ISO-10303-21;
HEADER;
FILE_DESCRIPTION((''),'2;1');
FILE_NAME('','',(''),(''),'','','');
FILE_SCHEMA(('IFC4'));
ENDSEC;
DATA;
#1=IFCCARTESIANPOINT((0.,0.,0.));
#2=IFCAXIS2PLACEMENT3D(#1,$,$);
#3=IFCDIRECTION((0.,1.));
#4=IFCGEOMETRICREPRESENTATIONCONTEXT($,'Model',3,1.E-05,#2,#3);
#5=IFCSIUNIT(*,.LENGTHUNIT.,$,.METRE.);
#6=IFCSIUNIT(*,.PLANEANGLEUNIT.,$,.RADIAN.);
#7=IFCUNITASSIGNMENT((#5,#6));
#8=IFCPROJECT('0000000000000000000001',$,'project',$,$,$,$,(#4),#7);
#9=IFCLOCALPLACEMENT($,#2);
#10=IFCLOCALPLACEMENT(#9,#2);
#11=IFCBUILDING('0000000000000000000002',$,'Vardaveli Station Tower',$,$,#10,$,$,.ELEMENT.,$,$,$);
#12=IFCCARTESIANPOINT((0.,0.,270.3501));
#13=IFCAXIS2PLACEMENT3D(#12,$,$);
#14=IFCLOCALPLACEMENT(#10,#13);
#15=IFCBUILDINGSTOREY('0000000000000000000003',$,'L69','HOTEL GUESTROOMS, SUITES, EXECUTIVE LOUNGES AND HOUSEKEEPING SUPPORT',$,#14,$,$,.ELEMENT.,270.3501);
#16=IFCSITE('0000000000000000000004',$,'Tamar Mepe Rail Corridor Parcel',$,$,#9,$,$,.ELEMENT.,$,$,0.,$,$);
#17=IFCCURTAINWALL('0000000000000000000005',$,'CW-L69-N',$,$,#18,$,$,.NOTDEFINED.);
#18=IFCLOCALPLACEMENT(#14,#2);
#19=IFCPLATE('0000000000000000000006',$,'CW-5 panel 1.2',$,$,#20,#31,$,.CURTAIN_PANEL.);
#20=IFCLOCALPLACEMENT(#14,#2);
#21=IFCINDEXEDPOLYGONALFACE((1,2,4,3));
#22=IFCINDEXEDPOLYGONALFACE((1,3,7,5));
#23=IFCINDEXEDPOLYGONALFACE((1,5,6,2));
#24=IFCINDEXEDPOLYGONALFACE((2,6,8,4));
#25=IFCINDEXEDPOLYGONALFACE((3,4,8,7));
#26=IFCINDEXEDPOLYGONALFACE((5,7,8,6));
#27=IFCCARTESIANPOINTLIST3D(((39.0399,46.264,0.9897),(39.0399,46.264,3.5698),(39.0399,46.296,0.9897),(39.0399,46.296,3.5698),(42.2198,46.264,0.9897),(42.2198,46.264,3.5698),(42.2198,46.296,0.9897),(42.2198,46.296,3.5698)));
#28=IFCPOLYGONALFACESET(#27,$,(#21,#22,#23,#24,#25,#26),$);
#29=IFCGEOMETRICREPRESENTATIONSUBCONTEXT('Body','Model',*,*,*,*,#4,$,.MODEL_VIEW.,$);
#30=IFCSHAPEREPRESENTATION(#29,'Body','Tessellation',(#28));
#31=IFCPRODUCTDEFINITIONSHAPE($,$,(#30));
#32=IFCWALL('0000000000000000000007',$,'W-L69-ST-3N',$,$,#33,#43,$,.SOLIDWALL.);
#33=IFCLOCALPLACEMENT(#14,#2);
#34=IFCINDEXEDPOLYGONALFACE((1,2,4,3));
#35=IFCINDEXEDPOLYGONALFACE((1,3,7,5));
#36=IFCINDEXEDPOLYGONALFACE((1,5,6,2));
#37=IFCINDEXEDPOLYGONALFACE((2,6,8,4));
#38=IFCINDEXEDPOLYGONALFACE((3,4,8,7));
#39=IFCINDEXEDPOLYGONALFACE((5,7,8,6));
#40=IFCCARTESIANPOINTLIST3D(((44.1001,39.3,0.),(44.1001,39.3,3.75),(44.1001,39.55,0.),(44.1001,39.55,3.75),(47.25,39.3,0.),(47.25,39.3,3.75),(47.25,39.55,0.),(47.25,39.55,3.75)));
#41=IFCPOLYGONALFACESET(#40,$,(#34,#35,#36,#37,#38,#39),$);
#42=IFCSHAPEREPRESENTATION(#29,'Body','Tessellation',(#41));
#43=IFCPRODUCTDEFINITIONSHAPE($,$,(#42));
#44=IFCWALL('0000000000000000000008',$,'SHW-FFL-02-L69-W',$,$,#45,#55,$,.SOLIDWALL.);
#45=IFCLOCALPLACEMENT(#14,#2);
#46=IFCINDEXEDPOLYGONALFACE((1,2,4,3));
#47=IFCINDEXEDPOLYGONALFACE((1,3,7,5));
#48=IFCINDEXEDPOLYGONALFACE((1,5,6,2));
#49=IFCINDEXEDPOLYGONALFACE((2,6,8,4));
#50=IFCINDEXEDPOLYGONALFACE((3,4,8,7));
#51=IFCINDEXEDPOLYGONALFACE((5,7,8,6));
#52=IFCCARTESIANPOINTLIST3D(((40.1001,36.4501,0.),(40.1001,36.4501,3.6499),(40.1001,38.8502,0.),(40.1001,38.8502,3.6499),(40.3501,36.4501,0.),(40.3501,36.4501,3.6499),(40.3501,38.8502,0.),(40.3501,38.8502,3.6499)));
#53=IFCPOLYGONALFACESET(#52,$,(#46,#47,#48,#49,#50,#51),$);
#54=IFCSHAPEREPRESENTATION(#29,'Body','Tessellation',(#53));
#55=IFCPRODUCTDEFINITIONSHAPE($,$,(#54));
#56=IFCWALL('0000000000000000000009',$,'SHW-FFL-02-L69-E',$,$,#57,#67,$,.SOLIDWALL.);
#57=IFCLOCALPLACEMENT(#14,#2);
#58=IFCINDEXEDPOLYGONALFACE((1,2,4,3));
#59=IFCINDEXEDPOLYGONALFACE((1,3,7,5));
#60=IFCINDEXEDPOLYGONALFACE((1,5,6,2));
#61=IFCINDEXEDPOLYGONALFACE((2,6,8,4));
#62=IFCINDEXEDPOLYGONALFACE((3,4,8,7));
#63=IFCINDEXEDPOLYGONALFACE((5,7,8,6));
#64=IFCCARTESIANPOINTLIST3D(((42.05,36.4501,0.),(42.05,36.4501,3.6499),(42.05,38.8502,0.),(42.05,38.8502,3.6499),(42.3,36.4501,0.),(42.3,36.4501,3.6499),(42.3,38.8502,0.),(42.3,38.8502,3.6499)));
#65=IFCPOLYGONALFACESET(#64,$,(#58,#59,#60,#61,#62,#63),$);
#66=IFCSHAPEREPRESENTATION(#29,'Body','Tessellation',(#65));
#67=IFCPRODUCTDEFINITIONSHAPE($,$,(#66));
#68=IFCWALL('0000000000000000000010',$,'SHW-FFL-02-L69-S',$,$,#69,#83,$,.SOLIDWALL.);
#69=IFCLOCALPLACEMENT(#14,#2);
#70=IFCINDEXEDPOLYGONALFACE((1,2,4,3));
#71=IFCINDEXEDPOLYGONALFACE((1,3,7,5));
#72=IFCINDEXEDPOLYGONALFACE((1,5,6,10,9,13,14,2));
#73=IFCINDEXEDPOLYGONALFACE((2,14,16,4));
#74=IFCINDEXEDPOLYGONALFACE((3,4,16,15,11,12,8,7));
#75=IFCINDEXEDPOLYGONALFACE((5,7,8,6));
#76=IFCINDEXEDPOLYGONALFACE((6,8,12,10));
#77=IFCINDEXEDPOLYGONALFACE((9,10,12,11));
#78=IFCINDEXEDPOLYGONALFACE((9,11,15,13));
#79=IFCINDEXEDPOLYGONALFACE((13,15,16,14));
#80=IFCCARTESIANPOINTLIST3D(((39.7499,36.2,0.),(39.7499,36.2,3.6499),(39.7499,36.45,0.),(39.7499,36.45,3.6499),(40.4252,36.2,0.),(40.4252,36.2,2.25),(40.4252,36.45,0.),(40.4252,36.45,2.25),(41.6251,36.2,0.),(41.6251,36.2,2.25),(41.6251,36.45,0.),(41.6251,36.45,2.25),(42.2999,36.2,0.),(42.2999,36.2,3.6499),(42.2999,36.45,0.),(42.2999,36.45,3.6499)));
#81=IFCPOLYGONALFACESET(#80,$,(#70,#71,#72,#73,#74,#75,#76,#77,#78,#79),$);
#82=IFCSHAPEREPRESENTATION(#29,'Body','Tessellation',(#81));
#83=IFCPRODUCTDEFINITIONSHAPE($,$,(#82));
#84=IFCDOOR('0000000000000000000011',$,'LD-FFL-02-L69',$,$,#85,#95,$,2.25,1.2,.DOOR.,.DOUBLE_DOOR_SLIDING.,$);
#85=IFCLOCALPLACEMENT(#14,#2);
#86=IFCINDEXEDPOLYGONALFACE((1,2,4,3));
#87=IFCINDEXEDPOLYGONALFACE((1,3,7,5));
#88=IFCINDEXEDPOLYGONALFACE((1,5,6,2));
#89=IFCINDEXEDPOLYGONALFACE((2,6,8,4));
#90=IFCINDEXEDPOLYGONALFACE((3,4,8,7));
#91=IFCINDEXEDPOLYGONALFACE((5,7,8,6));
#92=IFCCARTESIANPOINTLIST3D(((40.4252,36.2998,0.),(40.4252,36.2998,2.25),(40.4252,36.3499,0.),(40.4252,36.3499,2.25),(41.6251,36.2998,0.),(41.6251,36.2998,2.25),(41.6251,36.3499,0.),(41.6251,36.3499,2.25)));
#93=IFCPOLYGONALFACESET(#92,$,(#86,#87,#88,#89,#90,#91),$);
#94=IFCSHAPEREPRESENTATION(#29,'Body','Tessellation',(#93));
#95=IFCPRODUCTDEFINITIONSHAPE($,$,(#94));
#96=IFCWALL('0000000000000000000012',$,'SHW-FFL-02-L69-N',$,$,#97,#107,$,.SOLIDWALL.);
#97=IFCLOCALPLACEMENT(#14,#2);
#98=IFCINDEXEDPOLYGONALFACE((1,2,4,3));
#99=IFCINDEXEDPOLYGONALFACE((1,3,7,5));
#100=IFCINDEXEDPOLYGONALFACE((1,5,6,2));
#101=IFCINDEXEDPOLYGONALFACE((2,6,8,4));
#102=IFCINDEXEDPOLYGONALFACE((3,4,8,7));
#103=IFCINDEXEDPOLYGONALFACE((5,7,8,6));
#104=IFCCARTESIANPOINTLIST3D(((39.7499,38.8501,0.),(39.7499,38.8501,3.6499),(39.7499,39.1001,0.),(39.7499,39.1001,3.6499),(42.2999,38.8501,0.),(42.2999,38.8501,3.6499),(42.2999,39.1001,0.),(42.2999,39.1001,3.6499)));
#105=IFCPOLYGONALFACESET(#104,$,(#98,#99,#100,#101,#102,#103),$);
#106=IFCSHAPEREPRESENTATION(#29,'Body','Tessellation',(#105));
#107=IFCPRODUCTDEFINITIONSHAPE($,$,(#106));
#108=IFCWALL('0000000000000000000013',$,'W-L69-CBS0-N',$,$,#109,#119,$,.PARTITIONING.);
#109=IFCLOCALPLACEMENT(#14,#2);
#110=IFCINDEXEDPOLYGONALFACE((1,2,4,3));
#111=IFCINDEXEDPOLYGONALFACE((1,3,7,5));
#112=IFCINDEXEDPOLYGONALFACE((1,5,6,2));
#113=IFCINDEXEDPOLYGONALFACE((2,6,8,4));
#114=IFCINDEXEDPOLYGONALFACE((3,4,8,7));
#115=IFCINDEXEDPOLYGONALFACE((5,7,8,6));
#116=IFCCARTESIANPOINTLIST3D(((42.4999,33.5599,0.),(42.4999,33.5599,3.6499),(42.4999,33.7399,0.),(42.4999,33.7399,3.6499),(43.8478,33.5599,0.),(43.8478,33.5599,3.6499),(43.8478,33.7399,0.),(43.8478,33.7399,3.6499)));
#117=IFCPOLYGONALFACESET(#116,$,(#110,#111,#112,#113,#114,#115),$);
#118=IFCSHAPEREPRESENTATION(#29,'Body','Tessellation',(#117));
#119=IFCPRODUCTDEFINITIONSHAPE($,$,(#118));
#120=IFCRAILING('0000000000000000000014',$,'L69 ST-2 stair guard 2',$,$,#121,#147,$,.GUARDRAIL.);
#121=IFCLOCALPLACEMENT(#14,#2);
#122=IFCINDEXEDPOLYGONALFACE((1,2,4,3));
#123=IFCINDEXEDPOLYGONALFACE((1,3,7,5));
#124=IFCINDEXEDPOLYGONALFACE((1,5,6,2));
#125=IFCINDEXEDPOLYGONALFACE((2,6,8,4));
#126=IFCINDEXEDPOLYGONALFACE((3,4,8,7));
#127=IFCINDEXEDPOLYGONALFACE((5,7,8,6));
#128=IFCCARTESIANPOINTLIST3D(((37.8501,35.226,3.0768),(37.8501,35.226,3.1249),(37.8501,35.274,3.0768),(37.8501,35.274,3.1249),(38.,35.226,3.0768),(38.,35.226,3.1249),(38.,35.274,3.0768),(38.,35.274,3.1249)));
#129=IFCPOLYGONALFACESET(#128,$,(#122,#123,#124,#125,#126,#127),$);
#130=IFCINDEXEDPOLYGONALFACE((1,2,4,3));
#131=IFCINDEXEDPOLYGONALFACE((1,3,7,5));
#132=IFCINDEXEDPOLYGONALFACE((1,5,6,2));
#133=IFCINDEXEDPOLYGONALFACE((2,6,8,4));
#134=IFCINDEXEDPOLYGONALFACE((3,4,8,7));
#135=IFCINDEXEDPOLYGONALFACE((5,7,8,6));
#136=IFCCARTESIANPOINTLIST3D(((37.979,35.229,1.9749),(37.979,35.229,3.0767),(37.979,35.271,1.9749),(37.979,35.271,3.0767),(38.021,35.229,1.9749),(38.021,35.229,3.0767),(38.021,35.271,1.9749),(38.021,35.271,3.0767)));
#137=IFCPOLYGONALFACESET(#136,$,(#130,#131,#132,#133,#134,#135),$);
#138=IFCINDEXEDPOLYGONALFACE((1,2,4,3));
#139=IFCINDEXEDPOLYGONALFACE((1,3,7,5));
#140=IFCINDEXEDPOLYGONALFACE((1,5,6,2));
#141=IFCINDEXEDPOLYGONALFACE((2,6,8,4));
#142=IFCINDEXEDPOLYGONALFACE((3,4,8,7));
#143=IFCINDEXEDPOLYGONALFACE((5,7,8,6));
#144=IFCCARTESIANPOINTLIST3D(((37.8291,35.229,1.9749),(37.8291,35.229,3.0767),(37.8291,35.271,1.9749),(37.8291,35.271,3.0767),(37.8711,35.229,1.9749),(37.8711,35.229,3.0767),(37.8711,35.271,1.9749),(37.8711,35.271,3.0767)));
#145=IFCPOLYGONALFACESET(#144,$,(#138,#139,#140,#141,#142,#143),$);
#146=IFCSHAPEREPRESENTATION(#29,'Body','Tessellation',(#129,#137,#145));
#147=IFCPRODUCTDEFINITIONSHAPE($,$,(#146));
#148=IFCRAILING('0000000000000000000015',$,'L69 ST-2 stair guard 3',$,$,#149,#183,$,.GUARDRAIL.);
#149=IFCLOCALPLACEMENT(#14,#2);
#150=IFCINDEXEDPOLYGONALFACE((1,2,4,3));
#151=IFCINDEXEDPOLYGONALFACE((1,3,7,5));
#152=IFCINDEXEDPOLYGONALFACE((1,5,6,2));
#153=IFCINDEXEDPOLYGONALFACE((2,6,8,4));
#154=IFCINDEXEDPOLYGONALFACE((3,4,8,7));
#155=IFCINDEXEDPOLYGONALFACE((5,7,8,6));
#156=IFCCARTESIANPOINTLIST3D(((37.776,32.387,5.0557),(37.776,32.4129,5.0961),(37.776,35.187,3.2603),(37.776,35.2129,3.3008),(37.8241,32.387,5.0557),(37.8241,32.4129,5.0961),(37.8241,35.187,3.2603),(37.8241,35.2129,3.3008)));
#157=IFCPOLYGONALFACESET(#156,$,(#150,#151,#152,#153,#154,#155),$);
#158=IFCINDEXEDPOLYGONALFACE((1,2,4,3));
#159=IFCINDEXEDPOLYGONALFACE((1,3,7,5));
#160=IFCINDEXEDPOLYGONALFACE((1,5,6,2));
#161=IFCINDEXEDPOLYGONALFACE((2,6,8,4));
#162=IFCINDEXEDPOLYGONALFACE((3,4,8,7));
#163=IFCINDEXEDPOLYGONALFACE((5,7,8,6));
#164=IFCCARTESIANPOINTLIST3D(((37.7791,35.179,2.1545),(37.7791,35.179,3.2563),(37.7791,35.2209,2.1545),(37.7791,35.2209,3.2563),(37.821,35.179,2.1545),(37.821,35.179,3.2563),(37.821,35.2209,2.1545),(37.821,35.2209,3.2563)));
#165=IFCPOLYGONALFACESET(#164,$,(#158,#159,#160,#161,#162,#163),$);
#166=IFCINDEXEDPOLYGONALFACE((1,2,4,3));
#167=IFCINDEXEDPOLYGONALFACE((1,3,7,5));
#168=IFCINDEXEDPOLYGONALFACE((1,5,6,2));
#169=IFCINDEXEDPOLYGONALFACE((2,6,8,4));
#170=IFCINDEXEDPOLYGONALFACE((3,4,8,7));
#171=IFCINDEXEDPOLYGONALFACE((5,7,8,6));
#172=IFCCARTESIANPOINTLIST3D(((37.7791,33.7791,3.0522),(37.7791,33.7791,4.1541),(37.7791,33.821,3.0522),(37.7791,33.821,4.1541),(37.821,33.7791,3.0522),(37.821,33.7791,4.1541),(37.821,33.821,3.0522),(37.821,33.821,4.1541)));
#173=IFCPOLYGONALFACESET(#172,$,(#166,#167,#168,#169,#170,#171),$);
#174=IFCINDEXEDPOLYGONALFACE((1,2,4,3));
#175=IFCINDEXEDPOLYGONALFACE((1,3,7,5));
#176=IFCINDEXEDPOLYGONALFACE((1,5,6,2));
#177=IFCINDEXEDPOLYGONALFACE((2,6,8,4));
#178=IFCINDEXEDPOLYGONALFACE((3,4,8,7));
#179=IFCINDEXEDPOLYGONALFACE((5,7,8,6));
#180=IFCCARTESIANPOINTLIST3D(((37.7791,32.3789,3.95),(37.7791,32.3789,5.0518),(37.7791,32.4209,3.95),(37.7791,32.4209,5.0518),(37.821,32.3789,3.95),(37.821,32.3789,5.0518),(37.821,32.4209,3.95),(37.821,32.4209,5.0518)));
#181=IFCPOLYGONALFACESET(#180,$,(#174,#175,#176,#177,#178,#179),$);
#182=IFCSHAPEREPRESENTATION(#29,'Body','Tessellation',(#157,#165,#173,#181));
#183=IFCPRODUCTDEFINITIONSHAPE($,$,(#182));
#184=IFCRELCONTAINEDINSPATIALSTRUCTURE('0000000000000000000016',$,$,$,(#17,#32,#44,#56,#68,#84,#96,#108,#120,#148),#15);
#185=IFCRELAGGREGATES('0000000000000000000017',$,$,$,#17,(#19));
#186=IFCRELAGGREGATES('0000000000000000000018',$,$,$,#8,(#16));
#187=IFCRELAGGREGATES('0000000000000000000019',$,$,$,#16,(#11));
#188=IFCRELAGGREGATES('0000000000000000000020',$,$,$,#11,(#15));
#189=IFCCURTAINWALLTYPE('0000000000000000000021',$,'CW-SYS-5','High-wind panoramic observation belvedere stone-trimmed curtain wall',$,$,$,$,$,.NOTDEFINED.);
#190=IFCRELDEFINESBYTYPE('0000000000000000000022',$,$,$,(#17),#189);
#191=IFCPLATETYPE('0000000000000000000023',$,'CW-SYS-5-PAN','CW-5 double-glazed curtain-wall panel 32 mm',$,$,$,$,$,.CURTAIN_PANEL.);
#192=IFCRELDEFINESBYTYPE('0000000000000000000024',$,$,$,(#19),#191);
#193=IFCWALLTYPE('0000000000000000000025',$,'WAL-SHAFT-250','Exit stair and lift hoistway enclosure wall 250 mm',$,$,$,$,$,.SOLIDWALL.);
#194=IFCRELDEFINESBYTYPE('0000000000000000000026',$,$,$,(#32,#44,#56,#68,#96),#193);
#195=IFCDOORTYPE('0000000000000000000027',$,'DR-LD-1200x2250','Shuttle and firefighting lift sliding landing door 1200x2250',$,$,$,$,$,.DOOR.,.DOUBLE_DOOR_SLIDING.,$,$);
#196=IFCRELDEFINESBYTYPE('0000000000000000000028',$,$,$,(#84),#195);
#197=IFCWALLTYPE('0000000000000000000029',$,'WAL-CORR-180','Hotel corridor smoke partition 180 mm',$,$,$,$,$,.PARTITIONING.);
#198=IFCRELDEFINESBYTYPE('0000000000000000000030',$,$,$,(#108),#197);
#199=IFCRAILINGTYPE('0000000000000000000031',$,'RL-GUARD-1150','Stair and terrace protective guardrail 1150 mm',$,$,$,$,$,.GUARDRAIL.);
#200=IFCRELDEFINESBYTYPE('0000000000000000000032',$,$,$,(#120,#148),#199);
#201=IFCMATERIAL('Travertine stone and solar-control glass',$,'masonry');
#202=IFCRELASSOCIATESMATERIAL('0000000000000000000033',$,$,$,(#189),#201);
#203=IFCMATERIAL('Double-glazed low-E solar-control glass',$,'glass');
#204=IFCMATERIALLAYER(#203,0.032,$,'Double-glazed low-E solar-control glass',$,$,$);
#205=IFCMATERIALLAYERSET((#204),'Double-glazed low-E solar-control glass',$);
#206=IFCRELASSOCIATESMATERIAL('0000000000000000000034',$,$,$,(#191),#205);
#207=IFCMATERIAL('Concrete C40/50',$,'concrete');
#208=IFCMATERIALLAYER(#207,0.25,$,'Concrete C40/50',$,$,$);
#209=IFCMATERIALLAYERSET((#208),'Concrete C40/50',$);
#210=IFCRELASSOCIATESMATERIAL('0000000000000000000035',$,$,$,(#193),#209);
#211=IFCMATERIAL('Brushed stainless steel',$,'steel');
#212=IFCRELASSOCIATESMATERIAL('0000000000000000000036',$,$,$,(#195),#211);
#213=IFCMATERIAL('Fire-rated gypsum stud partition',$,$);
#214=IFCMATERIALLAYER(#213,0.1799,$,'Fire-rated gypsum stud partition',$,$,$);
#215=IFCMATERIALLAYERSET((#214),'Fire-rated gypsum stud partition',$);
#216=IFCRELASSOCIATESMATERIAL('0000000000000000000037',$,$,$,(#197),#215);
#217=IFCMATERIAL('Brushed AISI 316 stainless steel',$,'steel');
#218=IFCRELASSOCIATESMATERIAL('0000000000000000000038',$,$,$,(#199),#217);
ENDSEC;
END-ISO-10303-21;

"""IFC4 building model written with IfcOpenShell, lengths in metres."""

from ifc_helpers import new_model, si_unit, direction, frame, frame_2d, origin, origin_2d, place, context, subcontext, project, spatial, rectangle, extrude, source, transform, mapped, material, layer, layer_set, type_object, element, fill, aggregate, save


model = new_model("IFC4")

# Units and contexts
model_context = context("Model", 3, precision=1e-05, world=origin(), true_north=direction((0.0, 1.0)))
body_context = subcontext(model_context, "Body", "Model", "MODEL_VIEW")
ifc_project = project(units=[si_unit("LENGTHUNIT", "METRE"), si_unit("PLANEANGLEUNIT", "RADIAN")], contexts=[model_context])

# Site, building, storey
site_placement = place(None, origin())
site = spatial("IfcSite", under=ifc_project, at=site_placement, Name="Tamar Mepe Rail Corridor Parcel", CompositionType="ELEMENT", RefElevation=0.0)
building_placement = place(site_placement, origin())
building = spatial("IfcBuilding", under=site, at=building_placement, Name="Vardaveli Station Tower", CompositionType="ELEMENT")
storey_placement = place(building_placement, frame((0.0, 0.0, 270.3501)))
storey = spatial("IfcBuildingStorey", under=building, at=storey_placement, Name="L69", Description="HOTEL GUESTROOMS, SUITES, EXECUTIVE LOUNGES AND HOUSEKEEPING SUPPORT", CompositionType="ELEMENT", Elevation=270.3501)

# Curtain wall, plate
ifc_material_1 = material(Name="Travertine stone and solar-control glass", Category="masonry")
curtain_wall_type = type_object("IfcCurtainWallType", Name="CW-SYS-5", Description="High-wind panoramic observation belvedere stone-trimmed curtain wall", PredefinedType="NOTDEFINED", material=ifc_material_1)
curtain_wall_placement = place(storey_placement, origin())
curtain_wall = element("IfcCurtainWall", 1, at=curtain_wall_placement, inside=storey, type_object=curtain_wall_type, Name="CW-L69-N", PredefinedType="NOTDEFINED")
ifc_material_2 = material(Name="Double-glazed low-E solar-control glass", Category="glass")
ifc_layer_1 = layer(ifc_material_2, 0.032, Name="Double-glazed low-E solar-control glass")
ifc_layer_set_1 = layer_set([ifc_layer_1], Name="Double-glazed low-E solar-control glass")
plate_type = type_object("IfcPlateType", Name="CW-SYS-5-PAN", Description="CW-5 double-glazed curtain-wall panel 32 mm", PredefinedType="CURTAIN_PANEL", material=ifc_layer_set_1)
shared_shape_1 = source(origin(), body_context, "Body", "SweptSolid", [
    extrude(rectangle(XDim=3.1799, YDim=0.032, at=origin_2d()), origin(), (0.0, 0.0, 1.0), 2.5801),
])
plate_1_placement = place(storey_placement, frame((40.6299, 46.28, 0.9897), z_axis=(0.0, 0.0, 1.0), x_axis=(-1.0, 0.0, 0.0)))
plate_1 = element("IfcPlate", 2, at=plate_1_placement, type_object=plate_type, Name="CW-5 panel 1.2", PredefinedType="CURTAIN_PANEL", context=body_context, shape_type="MappedRepresentation", body=[
    mapped(shared_shape_1, transform((0.0, 0.0, 0.0), scale=1.0)),
])
aggregate(curtain_wall, [plate_1])

# Walls
ifc_material_3 = material(Name="Concrete C40/50", Category="concrete")
ifc_layer_2 = layer(ifc_material_3, 0.25, Name="Concrete C40/50")
ifc_layer_set_2 = layer_set([ifc_layer_2], Name="Concrete C40/50")
wall_type_1 = type_object("IfcWallType", Name="WAL-SHAFT-250", Description="Exit stair and lift hoistway enclosure wall 250 mm", PredefinedType="SOLIDWALL", material=ifc_layer_set_2)
shared_shape_2 = source(origin(), body_context, "Body", "SweptSolid", [
    extrude(rectangle(XDim=3.1499, YDim=0.25, at=frame_2d((1.575, 0.0))), origin(), (0.0, 0.0, 1.0), 3.75),
])
wall_1_placement = place(storey_placement, frame((44.1001, 39.425, 0.0), z_axis=(0.0, 0.0, 1.0), x_axis=(1.0, 0.0, 0.0)))
element("IfcWall", 3, at=wall_1_placement, inside=storey, type_object=wall_type_1, Name="W-L69-ST-3N", PredefinedType="SOLIDWALL", context=body_context, shape_type="MappedRepresentation", body=[
    mapped(shared_shape_2, transform((0.0, 0.0, 0.0), scale=1.0)),
])
shared_shape_3 = source(origin(), body_context, "Body", "SweptSolid", [
    extrude(rectangle(XDim=2.4001, YDim=0.25, at=frame_2d((1.2002, 0.0))), origin(), (0.0, 0.0, 1.0), 3.6499),
])
for number, where, z_axis, x_axis, name in (
    (4, (40.2251, 36.45, 0.0), (0.0, 0.0, 1.0), (0.0, 1.0, 0.0), "SHW-FFL-02-L69-W"),
    (5, (42.175, 36.45, 0.0), (0.0, 0.0, 1.0), (0.0, 1.0, 0.0), "SHW-FFL-02-L69-E"),
):
    element("IfcWall", number, at=place(storey_placement, frame(where, z_axis=z_axis, x_axis=x_axis)), inside=storey, type_object=wall_type_1, Name=name, PredefinedType="SOLIDWALL", context=body_context, shape_type="MappedRepresentation", body=[
        mapped(shared_shape_3, transform((0.0, 0.0, 0.0), scale=1.0)),
    ])

# Wall, opening, door
shared_shape_4 = source(origin(), body_context, "Body", "SweptSolid", [
    extrude(rectangle(XDim=2.55, YDim=0.25, at=frame_2d((1.2749, 0.0))), origin(), (0.0, 0.0, 1.0), 3.6499),
])
wall_2_placement = place(storey_placement, frame((39.75, 36.325, 0.0), z_axis=(0.0, 0.0, 1.0), x_axis=(1.0, 0.0, 0.0)))
wall_2 = element("IfcWall", 6, at=wall_2_placement, inside=storey, type_object=wall_type_1, Name="SHW-FFL-02-L69-S", PredefinedType="SOLIDWALL", context=body_context, shape_type="MappedRepresentation", body=[
    mapped(shared_shape_4, transform((0.0, 0.0, 0.0), scale=1.0)),
])
shared_shape_5 = source(origin(), body_context, "Body", "SweptSolid", [
    extrude(rectangle(XDim=1.2, YDim=2.25, at=frame_2d((0.6001, 1.125))), frame((0.0, 0.135, 0.0), z_axis=(0.0, -1.0, 0.0), x_axis=(1.0, 0.0, 0.0)), (0.0, 0.0, 1.0), 0.27),
])
opening_placement = place(wall_2_placement, frame((0.675, 0.0, 0.0)))
opening = element("IfcOpeningElement", 7, at=opening_placement, cuts=wall_2, PredefinedType="OPENING", context=body_context, shape_type="MappedRepresentation", body=[
    mapped(shared_shape_5, transform((0.0, 0.0, 0.0), scale=1.0)),
])
ifc_material_4 = material(Name="Brushed stainless steel", Category="steel")
door_type = type_object("IfcDoorType", Name="DR-LD-1200x2250", Description="Shuttle and firefighting lift sliding landing door 1200x2250", OperationType="DOUBLE_DOOR_SLIDING", PredefinedType="DOOR", material=ifc_material_4)
shared_shape_6 = source(origin(), body_context, "Body", "SweptSolid", [
    extrude(rectangle(XDim=1.2, YDim=2.25, at=frame_2d((0.6001, 1.125))), frame((0.0, 0.0249, 0.0), z_axis=(0.0, -1.0, 0.0), x_axis=(1.0, 0.0, 0.0)), (0.0, 0.0, 1.0), 0.05),
])
door_placement = place(opening_placement, origin())
door = element("IfcDoor", 8, at=door_placement, inside=storey, type_object=door_type, Name="LD-FFL-02-L69", OperationType="DOUBLE_DOOR_SLIDING", OverallHeight=2.25, OverallWidth=1.2, PredefinedType="DOOR", context=body_context, shape_type="MappedRepresentation", body=[
    mapped(shared_shape_6, transform((0.0, 0.0, 0.0), scale=1.0)),
])
fill(opening, door)

# Walls
wall_3_placement = place(storey_placement, frame((39.75, 38.9751, 0.0), z_axis=(0.0, 0.0, 1.0), x_axis=(1.0, 0.0, 0.0)))
element("IfcWall", 9, at=wall_3_placement, inside=storey, type_object=wall_type_1, Name="SHW-FFL-02-L69-N", PredefinedType="SOLIDWALL", context=body_context, shape_type="MappedRepresentation", body=[
    mapped(shared_shape_4, transform((0.0, 0.0, 0.0), scale=1.0)),
])
ifc_material_5 = material(Name="Fire-rated gypsum stud partition")
ifc_layer_3 = layer(ifc_material_5, 0.1799, Name="Fire-rated gypsum stud partition")
ifc_layer_set_3 = layer_set([ifc_layer_3], Name="Fire-rated gypsum stud partition")
wall_type_2 = type_object("IfcWallType", Name="WAL-CORR-180", Description="Hotel corridor smoke partition 180 mm", PredefinedType="PARTITIONING", material=ifc_layer_set_3)
shared_shape_7 = source(origin(), body_context, "Body", "SweptSolid", [
    extrude(rectangle(XDim=1.3479, YDim=0.1799, at=frame_2d((0.6738, 0.0))), origin(), (0.0, 0.0, 1.0), 3.6499),
])
wall_4_placement = place(storey_placement, frame((42.5, 33.6499, 0.0), z_axis=(0.0, 0.0, 1.0), x_axis=(1.0, 0.0, 0.0)))
element("IfcWall", 10, at=wall_4_placement, inside=storey, type_object=wall_type_2, Name="W-L69-CBS0-N", PredefinedType="PARTITIONING", context=body_context, shape_type="MappedRepresentation", body=[
    mapped(shared_shape_7, transform((0.0, 0.0, 0.0), scale=1.0)),
])

# Railings
ifc_material_6 = material(Name="Brushed AISI 316 stainless steel", Category="steel")
railing_type = type_object("IfcRailingType", Name="RL-GUARD-1150", Description="Stair and terrace protective guardrail 1150 mm", PredefinedType="GUARDRAIL", material=ifc_material_6)
shared_shape_8 = source(origin(), body_context, "Body", "SweptSolid", [
    extrude(rectangle(XDim=0.0481, YDim=0.0481, at=origin_2d()), frame((0.0, 0.0, 1.126), z_axis=(-1.0, 0.0, 0.0), x_axis=(0.0, -1.0, 0.0)), (0.0, 0.0, 1.0), 0.1499),
    extrude(rectangle(XDim=0.042, YDim=0.042, at=origin_2d()), origin(), (0.0, 0.0, 1.0), 1.1018),
    extrude(rectangle(XDim=0.042, YDim=0.042, at=origin_2d()), frame((-0.1499, 0.0, 0.0)), (0.0, 0.0, 1.0), 1.1018),
])
railing_1_placement = place(storey_placement, frame((38.0, 35.25, 1.9749)))
element("IfcRailing", 11, at=railing_1_placement, inside=storey, type_object=railing_type, Name="L69 ST-2 stair guard 2", PredefinedType="GUARDRAIL", context=body_context, shape_type="MappedRepresentation", body=[
    mapped(shared_shape_8, transform((0.0, 0.0, 0.0), scale=1.0)),
])
shared_shape_9 = source(origin(), body_context, "Body", "SweptSolid", [
    extrude(rectangle(XDim=0.0481, YDim=0.0481, at=origin_2d()), frame((0.0, 0.0, 1.126), z_axis=(0.0, -0.84181, 0.539774), x_axis=(1.0, 0.0, 0.0)), (0.0, 0.0, 1.0), 3.3262),
    extrude(rectangle(XDim=0.042, YDim=0.042, at=origin_2d()), origin(), (0.0, 0.0, 1.0), 1.1018),
    extrude(rectangle(XDim=0.042, YDim=0.042, at=origin_2d()), frame((0.0, -1.3999, 0.8977)), (0.0, 0.0, 1.0), 1.1018),
    extrude(rectangle(XDim=0.042, YDim=0.042, at=origin_2d()), frame((0.0, -2.8, 1.7954)), (0.0, 0.0, 1.0), 1.1018),
])
railing_2_placement = place(storey_placement, frame((37.8, 35.2, 2.1545)))
element("IfcRailing", 12, at=railing_2_placement, inside=storey, type_object=railing_type, Name="L69 ST-2 stair guard 3", PredefinedType="GUARDRAIL", context=body_context, shape_type="MappedRepresentation", body=[
    mapped(shared_shape_9, transform((0.0, 0.0, 0.0), scale=1.0)),
])

save(model, "model.ifc")
